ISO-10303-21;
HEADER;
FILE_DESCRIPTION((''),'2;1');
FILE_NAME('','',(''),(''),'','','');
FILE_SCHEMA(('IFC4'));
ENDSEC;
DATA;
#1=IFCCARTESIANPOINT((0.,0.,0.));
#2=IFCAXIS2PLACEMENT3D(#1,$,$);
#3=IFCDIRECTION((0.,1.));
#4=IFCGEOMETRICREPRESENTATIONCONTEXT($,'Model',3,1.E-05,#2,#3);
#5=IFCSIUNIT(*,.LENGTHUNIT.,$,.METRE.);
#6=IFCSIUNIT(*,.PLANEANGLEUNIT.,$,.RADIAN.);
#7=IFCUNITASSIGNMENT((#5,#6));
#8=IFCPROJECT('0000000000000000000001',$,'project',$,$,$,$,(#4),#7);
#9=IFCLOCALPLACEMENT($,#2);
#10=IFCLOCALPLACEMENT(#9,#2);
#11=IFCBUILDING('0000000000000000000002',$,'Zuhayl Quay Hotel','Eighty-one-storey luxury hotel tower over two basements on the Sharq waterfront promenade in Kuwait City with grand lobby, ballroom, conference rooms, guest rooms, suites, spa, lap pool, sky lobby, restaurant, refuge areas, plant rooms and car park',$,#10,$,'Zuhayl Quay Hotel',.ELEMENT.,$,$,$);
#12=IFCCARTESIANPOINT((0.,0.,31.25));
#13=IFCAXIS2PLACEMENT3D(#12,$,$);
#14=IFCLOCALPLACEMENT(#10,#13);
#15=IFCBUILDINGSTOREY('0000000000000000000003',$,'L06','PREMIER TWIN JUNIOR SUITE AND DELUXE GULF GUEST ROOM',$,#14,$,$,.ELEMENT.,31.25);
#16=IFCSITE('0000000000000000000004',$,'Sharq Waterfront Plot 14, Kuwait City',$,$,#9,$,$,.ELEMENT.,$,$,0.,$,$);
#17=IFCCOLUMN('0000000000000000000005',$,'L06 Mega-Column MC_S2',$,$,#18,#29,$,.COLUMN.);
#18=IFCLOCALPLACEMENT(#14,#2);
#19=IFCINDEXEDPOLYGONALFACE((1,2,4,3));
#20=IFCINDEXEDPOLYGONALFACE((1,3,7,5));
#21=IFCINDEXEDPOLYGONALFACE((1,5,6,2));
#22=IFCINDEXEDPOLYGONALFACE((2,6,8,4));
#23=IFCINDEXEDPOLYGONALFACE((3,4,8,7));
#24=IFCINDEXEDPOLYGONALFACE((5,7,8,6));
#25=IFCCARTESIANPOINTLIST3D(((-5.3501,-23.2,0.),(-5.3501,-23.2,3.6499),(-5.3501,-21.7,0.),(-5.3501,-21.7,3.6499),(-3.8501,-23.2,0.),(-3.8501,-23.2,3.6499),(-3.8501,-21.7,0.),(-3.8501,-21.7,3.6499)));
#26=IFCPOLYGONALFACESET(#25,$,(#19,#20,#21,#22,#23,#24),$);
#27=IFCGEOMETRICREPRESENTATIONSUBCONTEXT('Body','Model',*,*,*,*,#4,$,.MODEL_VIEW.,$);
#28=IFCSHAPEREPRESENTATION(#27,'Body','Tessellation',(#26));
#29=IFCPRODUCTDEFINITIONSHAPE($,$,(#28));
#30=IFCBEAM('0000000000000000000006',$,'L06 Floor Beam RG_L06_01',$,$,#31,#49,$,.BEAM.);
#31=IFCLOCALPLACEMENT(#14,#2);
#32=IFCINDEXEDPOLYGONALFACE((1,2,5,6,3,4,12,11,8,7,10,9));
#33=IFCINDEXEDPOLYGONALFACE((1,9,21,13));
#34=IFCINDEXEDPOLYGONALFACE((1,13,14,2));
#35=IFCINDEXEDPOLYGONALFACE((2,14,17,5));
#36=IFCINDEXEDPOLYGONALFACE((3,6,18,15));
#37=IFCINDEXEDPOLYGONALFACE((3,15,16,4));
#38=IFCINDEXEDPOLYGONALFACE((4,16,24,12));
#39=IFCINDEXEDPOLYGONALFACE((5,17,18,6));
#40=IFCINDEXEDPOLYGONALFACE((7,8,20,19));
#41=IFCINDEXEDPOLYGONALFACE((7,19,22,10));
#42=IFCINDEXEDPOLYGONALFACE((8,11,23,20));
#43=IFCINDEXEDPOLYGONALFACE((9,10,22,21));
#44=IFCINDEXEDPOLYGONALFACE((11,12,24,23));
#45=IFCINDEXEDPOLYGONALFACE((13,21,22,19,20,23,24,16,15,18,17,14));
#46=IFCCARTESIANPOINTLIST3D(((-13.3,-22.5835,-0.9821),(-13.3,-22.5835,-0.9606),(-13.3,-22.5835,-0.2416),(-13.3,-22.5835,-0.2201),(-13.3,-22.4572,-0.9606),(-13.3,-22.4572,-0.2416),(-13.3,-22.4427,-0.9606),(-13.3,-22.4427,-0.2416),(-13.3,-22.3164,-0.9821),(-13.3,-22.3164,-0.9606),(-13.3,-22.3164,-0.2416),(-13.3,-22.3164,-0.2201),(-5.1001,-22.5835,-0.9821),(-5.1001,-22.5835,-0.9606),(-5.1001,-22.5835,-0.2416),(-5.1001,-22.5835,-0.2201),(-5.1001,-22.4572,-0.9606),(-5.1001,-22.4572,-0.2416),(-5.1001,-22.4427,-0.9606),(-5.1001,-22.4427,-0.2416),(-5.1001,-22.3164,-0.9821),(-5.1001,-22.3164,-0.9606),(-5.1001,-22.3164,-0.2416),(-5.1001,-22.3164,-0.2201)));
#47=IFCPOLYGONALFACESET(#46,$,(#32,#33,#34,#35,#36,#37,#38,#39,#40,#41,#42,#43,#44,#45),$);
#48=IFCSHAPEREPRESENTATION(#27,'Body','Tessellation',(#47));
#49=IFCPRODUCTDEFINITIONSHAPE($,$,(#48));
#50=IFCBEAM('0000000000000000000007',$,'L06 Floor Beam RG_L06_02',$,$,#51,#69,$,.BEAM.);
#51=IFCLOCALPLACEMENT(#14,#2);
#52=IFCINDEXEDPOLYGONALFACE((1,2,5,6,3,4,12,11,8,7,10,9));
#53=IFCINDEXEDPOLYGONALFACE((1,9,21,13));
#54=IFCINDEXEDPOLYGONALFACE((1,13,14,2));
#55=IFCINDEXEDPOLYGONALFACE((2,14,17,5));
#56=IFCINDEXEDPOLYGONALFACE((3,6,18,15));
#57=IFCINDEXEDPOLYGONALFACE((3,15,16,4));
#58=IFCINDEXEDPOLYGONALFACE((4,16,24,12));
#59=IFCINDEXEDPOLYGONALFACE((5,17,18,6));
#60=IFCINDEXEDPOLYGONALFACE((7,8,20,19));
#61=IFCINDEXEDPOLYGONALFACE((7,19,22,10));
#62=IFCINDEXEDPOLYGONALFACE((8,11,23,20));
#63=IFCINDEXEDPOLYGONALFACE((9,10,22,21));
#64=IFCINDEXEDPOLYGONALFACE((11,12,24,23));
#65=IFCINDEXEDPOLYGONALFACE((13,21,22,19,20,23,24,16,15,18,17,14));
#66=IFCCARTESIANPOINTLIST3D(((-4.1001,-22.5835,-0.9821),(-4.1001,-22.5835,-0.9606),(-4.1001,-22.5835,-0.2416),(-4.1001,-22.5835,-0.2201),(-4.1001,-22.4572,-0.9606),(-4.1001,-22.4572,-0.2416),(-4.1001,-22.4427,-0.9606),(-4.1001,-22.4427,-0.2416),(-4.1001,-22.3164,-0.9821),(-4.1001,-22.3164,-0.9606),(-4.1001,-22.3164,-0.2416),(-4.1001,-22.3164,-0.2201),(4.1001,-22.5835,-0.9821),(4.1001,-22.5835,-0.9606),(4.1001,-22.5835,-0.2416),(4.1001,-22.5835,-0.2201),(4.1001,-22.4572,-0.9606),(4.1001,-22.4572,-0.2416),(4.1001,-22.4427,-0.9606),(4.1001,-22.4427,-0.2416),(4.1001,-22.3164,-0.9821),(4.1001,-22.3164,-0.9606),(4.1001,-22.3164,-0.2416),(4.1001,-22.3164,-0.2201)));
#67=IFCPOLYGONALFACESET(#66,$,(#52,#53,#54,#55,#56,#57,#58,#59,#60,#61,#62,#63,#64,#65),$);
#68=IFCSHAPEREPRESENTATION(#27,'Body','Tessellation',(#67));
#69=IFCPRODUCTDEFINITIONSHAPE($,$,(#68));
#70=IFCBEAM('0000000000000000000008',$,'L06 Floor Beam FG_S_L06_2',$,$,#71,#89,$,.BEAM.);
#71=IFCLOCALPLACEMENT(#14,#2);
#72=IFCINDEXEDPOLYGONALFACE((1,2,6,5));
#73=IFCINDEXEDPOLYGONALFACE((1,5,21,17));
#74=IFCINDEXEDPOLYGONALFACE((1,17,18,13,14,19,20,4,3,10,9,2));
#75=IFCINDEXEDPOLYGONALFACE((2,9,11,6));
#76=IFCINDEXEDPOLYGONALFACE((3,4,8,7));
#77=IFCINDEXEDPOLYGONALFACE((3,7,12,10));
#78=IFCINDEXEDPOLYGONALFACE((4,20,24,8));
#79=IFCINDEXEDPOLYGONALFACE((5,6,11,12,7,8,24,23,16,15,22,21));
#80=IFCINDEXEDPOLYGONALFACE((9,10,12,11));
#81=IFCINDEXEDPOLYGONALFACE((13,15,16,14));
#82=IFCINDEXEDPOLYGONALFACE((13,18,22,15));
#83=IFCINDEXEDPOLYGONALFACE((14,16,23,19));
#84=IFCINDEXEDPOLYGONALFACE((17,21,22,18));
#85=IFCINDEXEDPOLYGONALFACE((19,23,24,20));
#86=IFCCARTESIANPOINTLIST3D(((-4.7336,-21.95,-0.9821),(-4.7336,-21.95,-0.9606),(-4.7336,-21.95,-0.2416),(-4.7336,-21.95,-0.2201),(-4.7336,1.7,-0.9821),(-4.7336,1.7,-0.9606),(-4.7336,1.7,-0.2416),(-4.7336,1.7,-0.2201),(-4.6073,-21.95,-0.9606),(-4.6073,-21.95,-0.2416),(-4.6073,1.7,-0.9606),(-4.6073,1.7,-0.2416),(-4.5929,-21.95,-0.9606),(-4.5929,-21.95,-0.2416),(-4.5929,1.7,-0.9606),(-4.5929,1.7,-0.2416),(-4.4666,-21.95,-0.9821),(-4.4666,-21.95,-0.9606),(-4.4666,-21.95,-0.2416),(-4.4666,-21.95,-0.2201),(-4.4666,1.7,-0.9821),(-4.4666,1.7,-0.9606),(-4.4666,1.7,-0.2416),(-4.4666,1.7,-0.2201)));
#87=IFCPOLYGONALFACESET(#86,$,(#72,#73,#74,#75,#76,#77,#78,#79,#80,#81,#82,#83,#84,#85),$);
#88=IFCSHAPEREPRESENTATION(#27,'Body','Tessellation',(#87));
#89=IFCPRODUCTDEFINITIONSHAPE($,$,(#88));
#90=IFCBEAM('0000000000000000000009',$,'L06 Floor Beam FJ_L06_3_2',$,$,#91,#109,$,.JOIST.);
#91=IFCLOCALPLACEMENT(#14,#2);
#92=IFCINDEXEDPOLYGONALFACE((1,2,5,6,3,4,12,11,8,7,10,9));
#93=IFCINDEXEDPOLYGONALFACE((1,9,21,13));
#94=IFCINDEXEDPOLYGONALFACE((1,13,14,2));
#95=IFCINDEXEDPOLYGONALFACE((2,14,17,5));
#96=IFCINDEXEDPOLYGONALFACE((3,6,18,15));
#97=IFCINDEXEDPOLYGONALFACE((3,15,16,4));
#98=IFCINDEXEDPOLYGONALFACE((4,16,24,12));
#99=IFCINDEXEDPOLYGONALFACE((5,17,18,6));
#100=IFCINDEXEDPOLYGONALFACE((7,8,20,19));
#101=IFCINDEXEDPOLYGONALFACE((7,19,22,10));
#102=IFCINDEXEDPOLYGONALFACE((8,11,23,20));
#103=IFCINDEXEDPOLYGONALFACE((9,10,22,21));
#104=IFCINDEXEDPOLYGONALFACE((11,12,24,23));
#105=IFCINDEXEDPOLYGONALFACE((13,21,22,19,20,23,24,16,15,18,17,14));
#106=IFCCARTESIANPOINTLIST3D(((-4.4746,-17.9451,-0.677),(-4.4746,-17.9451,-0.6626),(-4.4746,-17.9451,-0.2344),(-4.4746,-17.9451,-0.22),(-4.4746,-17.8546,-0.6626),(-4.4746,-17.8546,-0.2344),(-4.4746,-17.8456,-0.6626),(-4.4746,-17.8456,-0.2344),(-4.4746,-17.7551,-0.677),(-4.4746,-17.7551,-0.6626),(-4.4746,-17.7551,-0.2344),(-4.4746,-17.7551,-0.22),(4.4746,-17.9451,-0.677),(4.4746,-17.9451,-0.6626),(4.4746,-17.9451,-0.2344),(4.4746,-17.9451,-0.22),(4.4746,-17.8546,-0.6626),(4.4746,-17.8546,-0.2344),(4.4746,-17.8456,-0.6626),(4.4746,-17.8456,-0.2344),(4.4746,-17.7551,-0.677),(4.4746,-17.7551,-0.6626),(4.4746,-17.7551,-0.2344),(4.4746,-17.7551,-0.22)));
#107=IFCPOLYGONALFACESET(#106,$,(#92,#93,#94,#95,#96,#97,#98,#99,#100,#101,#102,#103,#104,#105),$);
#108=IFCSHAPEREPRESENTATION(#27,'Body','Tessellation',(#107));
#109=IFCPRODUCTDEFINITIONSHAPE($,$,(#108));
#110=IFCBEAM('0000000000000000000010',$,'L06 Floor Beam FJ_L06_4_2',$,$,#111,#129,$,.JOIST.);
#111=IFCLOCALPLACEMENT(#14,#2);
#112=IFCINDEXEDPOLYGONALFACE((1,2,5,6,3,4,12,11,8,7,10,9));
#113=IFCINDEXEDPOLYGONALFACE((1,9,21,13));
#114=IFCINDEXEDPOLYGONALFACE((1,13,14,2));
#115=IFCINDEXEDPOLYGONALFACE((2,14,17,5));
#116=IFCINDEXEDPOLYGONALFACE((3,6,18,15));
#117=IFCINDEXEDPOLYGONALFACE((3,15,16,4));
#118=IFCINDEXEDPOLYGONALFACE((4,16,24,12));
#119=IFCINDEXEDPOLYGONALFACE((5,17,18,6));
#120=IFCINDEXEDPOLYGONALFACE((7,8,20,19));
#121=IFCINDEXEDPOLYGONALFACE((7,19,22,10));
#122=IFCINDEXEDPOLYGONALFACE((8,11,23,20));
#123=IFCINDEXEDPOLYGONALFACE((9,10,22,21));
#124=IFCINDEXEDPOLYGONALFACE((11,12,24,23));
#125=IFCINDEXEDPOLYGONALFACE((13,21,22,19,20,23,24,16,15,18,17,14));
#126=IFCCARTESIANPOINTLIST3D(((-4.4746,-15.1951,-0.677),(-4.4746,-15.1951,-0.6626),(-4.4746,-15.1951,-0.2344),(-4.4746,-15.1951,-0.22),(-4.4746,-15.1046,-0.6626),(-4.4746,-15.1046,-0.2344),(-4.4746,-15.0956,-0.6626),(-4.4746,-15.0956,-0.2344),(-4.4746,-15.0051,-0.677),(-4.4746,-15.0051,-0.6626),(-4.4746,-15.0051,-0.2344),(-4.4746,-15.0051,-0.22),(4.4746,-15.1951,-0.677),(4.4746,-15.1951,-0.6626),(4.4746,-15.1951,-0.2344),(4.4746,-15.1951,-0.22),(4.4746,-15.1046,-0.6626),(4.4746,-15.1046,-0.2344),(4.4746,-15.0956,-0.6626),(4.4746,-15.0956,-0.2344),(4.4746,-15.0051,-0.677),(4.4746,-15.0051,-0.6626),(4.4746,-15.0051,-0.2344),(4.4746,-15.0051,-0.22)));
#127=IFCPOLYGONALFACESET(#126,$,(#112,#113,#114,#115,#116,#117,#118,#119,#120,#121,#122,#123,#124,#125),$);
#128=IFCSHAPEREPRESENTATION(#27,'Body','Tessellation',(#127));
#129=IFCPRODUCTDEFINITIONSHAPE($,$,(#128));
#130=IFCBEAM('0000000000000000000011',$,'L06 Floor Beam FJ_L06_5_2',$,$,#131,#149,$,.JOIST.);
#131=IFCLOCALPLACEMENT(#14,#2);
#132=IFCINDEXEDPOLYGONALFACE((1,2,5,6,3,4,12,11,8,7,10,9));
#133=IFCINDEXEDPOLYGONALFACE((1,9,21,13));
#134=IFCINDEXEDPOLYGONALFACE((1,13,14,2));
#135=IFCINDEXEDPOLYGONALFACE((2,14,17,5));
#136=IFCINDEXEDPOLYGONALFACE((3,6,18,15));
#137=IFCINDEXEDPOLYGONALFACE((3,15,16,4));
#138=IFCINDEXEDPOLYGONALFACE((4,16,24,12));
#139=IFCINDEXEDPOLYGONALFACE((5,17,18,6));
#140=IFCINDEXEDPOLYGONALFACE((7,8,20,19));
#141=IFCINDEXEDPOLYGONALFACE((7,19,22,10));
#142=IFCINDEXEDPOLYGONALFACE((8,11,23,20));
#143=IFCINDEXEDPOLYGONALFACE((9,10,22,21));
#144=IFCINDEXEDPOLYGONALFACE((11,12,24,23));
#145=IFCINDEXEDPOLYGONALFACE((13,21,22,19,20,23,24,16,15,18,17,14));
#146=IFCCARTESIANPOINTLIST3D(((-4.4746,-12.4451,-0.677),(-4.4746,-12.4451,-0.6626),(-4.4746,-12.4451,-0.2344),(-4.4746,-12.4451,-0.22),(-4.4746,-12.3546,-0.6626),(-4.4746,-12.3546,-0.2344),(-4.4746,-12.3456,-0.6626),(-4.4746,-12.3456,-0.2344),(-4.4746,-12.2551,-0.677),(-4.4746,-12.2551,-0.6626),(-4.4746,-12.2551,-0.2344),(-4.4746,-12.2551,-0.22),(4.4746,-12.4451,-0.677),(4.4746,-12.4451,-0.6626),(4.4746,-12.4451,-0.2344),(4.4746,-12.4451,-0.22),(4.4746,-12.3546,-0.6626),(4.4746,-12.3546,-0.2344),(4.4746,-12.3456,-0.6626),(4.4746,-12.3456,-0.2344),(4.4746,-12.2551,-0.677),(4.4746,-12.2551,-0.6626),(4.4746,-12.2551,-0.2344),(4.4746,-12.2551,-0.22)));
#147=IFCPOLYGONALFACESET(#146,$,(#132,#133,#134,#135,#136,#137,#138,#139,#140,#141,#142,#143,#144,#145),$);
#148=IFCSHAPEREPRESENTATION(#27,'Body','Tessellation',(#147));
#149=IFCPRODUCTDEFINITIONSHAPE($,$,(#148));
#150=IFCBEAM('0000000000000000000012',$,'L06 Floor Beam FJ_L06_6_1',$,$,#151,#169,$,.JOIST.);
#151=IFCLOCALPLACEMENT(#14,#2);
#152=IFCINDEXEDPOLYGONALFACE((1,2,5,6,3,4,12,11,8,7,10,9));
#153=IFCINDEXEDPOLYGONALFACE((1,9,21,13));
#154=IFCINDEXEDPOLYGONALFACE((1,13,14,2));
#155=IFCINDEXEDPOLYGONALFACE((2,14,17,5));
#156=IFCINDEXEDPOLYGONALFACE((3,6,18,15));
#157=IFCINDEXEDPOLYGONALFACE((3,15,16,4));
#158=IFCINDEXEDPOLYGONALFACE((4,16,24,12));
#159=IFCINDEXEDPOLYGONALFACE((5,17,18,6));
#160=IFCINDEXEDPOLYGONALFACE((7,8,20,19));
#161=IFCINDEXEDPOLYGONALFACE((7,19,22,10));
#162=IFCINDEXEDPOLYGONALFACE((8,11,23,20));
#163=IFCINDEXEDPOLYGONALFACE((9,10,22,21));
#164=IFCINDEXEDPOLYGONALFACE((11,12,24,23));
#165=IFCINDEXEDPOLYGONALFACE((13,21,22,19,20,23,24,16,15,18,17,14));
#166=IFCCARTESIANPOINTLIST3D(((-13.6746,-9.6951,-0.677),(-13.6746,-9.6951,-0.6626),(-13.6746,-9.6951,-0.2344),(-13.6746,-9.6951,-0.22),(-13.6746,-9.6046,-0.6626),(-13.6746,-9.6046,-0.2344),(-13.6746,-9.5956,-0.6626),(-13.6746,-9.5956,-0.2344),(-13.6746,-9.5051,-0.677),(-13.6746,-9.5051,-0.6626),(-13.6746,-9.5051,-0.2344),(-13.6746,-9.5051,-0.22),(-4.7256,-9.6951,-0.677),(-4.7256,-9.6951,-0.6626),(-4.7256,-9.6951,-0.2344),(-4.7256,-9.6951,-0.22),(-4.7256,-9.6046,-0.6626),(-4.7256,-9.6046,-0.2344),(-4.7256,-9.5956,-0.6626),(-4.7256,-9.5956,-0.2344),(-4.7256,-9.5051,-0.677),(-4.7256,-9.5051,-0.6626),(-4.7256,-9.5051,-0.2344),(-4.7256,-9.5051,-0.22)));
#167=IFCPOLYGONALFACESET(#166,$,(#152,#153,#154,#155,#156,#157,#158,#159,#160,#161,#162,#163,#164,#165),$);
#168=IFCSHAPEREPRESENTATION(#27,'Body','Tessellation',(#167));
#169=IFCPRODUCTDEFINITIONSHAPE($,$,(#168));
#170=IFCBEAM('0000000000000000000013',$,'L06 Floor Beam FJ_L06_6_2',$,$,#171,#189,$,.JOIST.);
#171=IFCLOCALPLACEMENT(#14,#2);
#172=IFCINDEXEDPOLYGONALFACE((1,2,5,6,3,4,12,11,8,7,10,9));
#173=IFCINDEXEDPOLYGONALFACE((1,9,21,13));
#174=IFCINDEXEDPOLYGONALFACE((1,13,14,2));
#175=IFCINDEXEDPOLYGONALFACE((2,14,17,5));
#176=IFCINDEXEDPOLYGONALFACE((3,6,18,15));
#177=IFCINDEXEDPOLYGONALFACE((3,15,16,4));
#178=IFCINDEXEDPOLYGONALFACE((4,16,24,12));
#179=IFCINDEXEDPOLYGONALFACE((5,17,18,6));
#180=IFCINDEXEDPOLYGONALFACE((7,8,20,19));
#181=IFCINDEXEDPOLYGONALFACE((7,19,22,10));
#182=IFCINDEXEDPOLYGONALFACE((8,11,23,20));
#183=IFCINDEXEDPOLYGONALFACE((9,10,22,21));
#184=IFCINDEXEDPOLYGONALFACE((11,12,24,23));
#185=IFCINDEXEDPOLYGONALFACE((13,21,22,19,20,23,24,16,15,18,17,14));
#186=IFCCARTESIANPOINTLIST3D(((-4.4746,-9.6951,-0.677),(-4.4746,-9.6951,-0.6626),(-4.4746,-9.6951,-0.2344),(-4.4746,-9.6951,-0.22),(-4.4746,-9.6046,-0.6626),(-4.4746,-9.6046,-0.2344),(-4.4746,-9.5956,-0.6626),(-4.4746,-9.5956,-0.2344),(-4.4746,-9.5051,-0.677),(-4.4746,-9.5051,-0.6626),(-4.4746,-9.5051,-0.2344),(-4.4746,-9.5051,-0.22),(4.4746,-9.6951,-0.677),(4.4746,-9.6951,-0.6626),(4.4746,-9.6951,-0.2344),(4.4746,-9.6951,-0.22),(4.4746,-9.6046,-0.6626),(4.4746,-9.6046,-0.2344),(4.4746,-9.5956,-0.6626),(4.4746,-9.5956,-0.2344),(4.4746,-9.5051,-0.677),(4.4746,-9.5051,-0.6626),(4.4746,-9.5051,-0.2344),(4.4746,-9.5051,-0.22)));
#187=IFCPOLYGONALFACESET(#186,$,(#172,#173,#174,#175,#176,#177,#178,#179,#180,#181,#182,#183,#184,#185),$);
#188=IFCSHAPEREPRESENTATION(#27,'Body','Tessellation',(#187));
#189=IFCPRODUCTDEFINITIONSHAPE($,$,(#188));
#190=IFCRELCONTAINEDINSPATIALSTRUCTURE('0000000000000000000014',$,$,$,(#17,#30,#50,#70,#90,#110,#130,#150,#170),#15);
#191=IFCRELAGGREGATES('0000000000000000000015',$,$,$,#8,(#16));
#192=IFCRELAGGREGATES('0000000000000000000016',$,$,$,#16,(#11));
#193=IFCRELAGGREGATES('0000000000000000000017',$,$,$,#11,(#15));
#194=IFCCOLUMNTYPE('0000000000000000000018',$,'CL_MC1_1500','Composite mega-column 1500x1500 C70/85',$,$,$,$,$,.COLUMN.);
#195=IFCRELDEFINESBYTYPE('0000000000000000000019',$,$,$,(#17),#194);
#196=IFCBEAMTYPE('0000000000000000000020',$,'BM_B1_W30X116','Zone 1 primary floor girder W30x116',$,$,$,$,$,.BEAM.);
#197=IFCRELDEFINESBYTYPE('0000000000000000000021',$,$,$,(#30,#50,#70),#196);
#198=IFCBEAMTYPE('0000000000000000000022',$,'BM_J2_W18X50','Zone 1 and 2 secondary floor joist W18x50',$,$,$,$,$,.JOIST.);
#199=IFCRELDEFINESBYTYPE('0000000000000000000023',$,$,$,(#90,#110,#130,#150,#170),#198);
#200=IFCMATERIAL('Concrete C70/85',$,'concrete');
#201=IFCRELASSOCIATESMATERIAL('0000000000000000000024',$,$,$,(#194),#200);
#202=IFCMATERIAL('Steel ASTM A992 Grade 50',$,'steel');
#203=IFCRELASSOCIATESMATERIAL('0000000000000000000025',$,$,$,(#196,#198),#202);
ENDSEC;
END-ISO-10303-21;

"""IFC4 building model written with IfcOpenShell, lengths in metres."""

from ifc_helpers import new_model, si_unit, direction, frame, origin, origin_2d, place, context, subcontext, project, spatial, rectangle, i_section, extrude, material, material_profile, profile_set, type_object, element, save


model = new_model("IFC4")

# Units and contexts
model_context = context("Model", 3, precision=1e-05, world=origin(), true_north=direction((0.0, 1.0)))
body_context = subcontext(model_context, "Body", "Model", "MODEL_VIEW")
ifc_project = project(units=[si_unit("LENGTHUNIT", "METRE"), si_unit("PLANEANGLEUNIT", "RADIAN")], contexts=[model_context])

# Site, building, storey
site_placement = place(None, origin())
site = spatial("IfcSite", under=ifc_project, at=site_placement, Name="Sharq Waterfront Plot 14, Kuwait City", CompositionType="ELEMENT", RefElevation=0.0)
building_placement = place(site_placement, origin())
building = spatial("IfcBuilding", under=site, at=building_placement, Name="Zuhayl Quay Hotel", Description="Eighty-one-storey luxury hotel tower over two basements on the Sharq waterfront promenade in Kuwait City with grand lobby, ballroom, conference rooms, guest rooms, suites, spa, lap pool, sky lobby, restaurant, refuge areas, plant rooms and car park", LongName="Zuhayl Quay Hotel", CompositionType="ELEMENT")
storey_placement = place(building_placement, frame((0.0, 0.0, 31.25)))
storey = spatial("IfcBuildingStorey", under=building, at=storey_placement, Name="L06", Description="PREMIER TWIN JUNIOR SUITE AND DELUXE GULF GUEST ROOM", CompositionType="ELEMENT", Elevation=31.25)

# Column
ifc_material_1 = material(Name="Concrete C70/85", Category="concrete")
ifc_material_profile_1 = material_profile(ifc_material_1, rectangle(XDim=1.5, YDim=1.5, at=origin_2d()), Name="RC1500X1500")
ifc_profile_set_1 = profile_set([ifc_material_profile_1], Name="Concrete C70/85")
column_type = type_object("IfcColumnType", Name="CL_MC1_1500", Description="Composite mega-column 1500x1500 C70/85", PredefinedType="COLUMN", material=ifc_profile_set_1)
column_placement = place(storey_placement, frame((-4.6001, -22.45, 0.0), z_axis=(0.0, 0.0, 1.0), x_axis=(1.0, 0.0, 0.0)))
element("IfcColumn", 1, at=column_placement, inside=storey, type_object=column_type, Name="L06 Mega-Column MC_S2", PredefinedType="COLUMN", context=body_context, shape_type="SweptSolid", body=[
    extrude(rectangle(XDim=1.5, YDim=1.5, at=origin_2d()), origin(), (0.0, 0.0, 1.0), 3.6499),
])

# Beams
ifc_material_2 = material(Name="Steel ASTM A992 Grade 50", Category="steel")
ifc_material_profile_2 = material_profile(ifc_material_2, i_section(OverallWidth=0.2671, OverallDepth=0.762, WebThickness=0.0144, FlangeThickness=0.0215, at=origin_2d()), Name="W30X116")
ifc_profile_set_2 = profile_set([ifc_material_profile_2], Name="Steel ASTM A992 Grade 50")
beam_type_1 = type_object("IfcBeamType", Name="BM_B1_W30X116", Description="Zone 1 primary floor girder W30x116", PredefinedType="BEAM", material=ifc_profile_set_2)
beam_1_placement = place(storey_placement, frame((-13.3, -22.45, -0.6011), z_axis=(1.0, 0.0, 0.0), x_axis=(0.0, 1.0, 0.0)))
element("IfcBeam", 2, at=beam_1_placement, inside=storey, type_object=beam_type_1, Name="L06 Floor Beam RG_L06_01", PredefinedType="BEAM", context=body_context, shape_type="SweptSolid", body=[
    extrude(i_section(OverallWidth=0.2671, OverallDepth=0.762, WebThickness=0.0144, FlangeThickness=0.0215, at=origin_2d()), origin(), (0.0, 0.0, 1.0), 8.2),
])
beam_2_placement = place(storey_placement, frame((-4.1001, -22.45, -0.6011), z_axis=(1.0, 0.0, 0.0), x_axis=(0.0, 1.0, 0.0)))
element("IfcBeam", 3, at=beam_2_placement, inside=storey, type_object=beam_type_1, Name="L06 Floor Beam RG_L06_02", PredefinedType="BEAM", context=body_context, shape_type="SweptSolid", body=[
    extrude(i_section(OverallWidth=0.2671, OverallDepth=0.762, WebThickness=0.0144, FlangeThickness=0.0215, at=origin_2d()), origin(), (0.0, 0.0, 1.0), 8.2002),
])
beam_3_placement = place(storey_placement, frame((-4.6001, -21.95, -0.6011), z_axis=(0.0, 1.0, 0.0), x_axis=(-1.0, 0.0, 0.0)))
element("IfcBeam", 4, at=beam_3_placement, inside=storey, type_object=beam_type_1, Name="L06 Floor Beam FG_S_L06_2", PredefinedType="BEAM", context=body_context, shape_type="SweptSolid", body=[
    extrude(i_section(OverallWidth=0.2671, OverallDepth=0.762, WebThickness=0.0144, FlangeThickness=0.0215, at=origin_2d()), origin(), (0.0, 0.0, 1.0), 23.6499),
])
ifc_material_profile_3 = material_profile(ifc_material_2, i_section(OverallWidth=0.1899, OverallDepth=0.457, WebThickness=0.009, FlangeThickness=0.0144, at=origin_2d()), Name="W18X50")
ifc_profile_set_3 = profile_set([ifc_material_profile_3], Name="Steel ASTM A992 Grade 50")
beam_type_2 = type_object("IfcBeamType", Name="BM_J2_W18X50", Description="Zone 1 and 2 secondary floor joist W18x50", PredefinedType="JOIST", material=ifc_profile_set_3)
for number, where, z_axis, x_axis, name in (
    (5, (-4.4746, -17.8501, -0.4485), (1.0, 0.0, 0.0), (0.0, 1.0, 0.0), "L06 Floor Beam FJ_L06_3_2"),
    (6, (-4.4746, -15.1001, -0.4485), (1.0, 0.0, 0.0), (0.0, 1.0, 0.0), "L06 Floor Beam FJ_L06_4_2"),
    (7, (-4.4746, -12.3501, -0.4485), (1.0, 0.0, 0.0), (0.0, 1.0, 0.0), "L06 Floor Beam FJ_L06_5_2"),
):
    element("IfcBeam", number, at=place(storey_placement, frame(where, z_axis=z_axis, x_axis=x_axis)), inside=storey, type_object=beam_type_2, Name=name, PredefinedType="JOIST", context=body_context, shape_type="SweptSolid", body=[
        extrude(i_section(OverallWidth=0.1899, OverallDepth=0.457, WebThickness=0.009, FlangeThickness=0.0144, at=origin_2d()), origin(), (0.0, 0.0, 1.0), 8.9492),
    ])
beam_4_placement = place(storey_placement, frame((-13.6746, -9.6001, -0.4485), z_axis=(1.0, 0.0, 0.0), x_axis=(0.0, 1.0, 0.0)))
element("IfcBeam", 8, at=beam_4_placement, inside=storey, type_object=beam_type_2, Name="L06 Floor Beam FJ_L06_6_1", PredefinedType="JOIST", context=body_context, shape_type="SweptSolid", body=[
    extrude(i_section(OverallWidth=0.1899, OverallDepth=0.457, WebThickness=0.009, FlangeThickness=0.0144, at=origin_2d()), origin(), (0.0, 0.0, 1.0), 8.949),
])
beam_5_placement = place(storey_placement, frame((-4.4746, -9.6001, -0.4485), z_axis=(1.0, 0.0, 0.0), x_axis=(0.0, 1.0, 0.0)))
element("IfcBeam", 9, at=beam_5_placement, inside=storey, type_object=beam_type_2, Name="L06 Floor Beam FJ_L06_6_2", PredefinedType="JOIST", context=body_context, shape_type="SweptSolid", body=[
    extrude(i_section(OverallWidth=0.1899, OverallDepth=0.457, WebThickness=0.009, FlangeThickness=0.0144, at=origin_2d()), origin(), (0.0, 0.0, 1.0), 8.9492),
])

save(model, "model.ifc")
